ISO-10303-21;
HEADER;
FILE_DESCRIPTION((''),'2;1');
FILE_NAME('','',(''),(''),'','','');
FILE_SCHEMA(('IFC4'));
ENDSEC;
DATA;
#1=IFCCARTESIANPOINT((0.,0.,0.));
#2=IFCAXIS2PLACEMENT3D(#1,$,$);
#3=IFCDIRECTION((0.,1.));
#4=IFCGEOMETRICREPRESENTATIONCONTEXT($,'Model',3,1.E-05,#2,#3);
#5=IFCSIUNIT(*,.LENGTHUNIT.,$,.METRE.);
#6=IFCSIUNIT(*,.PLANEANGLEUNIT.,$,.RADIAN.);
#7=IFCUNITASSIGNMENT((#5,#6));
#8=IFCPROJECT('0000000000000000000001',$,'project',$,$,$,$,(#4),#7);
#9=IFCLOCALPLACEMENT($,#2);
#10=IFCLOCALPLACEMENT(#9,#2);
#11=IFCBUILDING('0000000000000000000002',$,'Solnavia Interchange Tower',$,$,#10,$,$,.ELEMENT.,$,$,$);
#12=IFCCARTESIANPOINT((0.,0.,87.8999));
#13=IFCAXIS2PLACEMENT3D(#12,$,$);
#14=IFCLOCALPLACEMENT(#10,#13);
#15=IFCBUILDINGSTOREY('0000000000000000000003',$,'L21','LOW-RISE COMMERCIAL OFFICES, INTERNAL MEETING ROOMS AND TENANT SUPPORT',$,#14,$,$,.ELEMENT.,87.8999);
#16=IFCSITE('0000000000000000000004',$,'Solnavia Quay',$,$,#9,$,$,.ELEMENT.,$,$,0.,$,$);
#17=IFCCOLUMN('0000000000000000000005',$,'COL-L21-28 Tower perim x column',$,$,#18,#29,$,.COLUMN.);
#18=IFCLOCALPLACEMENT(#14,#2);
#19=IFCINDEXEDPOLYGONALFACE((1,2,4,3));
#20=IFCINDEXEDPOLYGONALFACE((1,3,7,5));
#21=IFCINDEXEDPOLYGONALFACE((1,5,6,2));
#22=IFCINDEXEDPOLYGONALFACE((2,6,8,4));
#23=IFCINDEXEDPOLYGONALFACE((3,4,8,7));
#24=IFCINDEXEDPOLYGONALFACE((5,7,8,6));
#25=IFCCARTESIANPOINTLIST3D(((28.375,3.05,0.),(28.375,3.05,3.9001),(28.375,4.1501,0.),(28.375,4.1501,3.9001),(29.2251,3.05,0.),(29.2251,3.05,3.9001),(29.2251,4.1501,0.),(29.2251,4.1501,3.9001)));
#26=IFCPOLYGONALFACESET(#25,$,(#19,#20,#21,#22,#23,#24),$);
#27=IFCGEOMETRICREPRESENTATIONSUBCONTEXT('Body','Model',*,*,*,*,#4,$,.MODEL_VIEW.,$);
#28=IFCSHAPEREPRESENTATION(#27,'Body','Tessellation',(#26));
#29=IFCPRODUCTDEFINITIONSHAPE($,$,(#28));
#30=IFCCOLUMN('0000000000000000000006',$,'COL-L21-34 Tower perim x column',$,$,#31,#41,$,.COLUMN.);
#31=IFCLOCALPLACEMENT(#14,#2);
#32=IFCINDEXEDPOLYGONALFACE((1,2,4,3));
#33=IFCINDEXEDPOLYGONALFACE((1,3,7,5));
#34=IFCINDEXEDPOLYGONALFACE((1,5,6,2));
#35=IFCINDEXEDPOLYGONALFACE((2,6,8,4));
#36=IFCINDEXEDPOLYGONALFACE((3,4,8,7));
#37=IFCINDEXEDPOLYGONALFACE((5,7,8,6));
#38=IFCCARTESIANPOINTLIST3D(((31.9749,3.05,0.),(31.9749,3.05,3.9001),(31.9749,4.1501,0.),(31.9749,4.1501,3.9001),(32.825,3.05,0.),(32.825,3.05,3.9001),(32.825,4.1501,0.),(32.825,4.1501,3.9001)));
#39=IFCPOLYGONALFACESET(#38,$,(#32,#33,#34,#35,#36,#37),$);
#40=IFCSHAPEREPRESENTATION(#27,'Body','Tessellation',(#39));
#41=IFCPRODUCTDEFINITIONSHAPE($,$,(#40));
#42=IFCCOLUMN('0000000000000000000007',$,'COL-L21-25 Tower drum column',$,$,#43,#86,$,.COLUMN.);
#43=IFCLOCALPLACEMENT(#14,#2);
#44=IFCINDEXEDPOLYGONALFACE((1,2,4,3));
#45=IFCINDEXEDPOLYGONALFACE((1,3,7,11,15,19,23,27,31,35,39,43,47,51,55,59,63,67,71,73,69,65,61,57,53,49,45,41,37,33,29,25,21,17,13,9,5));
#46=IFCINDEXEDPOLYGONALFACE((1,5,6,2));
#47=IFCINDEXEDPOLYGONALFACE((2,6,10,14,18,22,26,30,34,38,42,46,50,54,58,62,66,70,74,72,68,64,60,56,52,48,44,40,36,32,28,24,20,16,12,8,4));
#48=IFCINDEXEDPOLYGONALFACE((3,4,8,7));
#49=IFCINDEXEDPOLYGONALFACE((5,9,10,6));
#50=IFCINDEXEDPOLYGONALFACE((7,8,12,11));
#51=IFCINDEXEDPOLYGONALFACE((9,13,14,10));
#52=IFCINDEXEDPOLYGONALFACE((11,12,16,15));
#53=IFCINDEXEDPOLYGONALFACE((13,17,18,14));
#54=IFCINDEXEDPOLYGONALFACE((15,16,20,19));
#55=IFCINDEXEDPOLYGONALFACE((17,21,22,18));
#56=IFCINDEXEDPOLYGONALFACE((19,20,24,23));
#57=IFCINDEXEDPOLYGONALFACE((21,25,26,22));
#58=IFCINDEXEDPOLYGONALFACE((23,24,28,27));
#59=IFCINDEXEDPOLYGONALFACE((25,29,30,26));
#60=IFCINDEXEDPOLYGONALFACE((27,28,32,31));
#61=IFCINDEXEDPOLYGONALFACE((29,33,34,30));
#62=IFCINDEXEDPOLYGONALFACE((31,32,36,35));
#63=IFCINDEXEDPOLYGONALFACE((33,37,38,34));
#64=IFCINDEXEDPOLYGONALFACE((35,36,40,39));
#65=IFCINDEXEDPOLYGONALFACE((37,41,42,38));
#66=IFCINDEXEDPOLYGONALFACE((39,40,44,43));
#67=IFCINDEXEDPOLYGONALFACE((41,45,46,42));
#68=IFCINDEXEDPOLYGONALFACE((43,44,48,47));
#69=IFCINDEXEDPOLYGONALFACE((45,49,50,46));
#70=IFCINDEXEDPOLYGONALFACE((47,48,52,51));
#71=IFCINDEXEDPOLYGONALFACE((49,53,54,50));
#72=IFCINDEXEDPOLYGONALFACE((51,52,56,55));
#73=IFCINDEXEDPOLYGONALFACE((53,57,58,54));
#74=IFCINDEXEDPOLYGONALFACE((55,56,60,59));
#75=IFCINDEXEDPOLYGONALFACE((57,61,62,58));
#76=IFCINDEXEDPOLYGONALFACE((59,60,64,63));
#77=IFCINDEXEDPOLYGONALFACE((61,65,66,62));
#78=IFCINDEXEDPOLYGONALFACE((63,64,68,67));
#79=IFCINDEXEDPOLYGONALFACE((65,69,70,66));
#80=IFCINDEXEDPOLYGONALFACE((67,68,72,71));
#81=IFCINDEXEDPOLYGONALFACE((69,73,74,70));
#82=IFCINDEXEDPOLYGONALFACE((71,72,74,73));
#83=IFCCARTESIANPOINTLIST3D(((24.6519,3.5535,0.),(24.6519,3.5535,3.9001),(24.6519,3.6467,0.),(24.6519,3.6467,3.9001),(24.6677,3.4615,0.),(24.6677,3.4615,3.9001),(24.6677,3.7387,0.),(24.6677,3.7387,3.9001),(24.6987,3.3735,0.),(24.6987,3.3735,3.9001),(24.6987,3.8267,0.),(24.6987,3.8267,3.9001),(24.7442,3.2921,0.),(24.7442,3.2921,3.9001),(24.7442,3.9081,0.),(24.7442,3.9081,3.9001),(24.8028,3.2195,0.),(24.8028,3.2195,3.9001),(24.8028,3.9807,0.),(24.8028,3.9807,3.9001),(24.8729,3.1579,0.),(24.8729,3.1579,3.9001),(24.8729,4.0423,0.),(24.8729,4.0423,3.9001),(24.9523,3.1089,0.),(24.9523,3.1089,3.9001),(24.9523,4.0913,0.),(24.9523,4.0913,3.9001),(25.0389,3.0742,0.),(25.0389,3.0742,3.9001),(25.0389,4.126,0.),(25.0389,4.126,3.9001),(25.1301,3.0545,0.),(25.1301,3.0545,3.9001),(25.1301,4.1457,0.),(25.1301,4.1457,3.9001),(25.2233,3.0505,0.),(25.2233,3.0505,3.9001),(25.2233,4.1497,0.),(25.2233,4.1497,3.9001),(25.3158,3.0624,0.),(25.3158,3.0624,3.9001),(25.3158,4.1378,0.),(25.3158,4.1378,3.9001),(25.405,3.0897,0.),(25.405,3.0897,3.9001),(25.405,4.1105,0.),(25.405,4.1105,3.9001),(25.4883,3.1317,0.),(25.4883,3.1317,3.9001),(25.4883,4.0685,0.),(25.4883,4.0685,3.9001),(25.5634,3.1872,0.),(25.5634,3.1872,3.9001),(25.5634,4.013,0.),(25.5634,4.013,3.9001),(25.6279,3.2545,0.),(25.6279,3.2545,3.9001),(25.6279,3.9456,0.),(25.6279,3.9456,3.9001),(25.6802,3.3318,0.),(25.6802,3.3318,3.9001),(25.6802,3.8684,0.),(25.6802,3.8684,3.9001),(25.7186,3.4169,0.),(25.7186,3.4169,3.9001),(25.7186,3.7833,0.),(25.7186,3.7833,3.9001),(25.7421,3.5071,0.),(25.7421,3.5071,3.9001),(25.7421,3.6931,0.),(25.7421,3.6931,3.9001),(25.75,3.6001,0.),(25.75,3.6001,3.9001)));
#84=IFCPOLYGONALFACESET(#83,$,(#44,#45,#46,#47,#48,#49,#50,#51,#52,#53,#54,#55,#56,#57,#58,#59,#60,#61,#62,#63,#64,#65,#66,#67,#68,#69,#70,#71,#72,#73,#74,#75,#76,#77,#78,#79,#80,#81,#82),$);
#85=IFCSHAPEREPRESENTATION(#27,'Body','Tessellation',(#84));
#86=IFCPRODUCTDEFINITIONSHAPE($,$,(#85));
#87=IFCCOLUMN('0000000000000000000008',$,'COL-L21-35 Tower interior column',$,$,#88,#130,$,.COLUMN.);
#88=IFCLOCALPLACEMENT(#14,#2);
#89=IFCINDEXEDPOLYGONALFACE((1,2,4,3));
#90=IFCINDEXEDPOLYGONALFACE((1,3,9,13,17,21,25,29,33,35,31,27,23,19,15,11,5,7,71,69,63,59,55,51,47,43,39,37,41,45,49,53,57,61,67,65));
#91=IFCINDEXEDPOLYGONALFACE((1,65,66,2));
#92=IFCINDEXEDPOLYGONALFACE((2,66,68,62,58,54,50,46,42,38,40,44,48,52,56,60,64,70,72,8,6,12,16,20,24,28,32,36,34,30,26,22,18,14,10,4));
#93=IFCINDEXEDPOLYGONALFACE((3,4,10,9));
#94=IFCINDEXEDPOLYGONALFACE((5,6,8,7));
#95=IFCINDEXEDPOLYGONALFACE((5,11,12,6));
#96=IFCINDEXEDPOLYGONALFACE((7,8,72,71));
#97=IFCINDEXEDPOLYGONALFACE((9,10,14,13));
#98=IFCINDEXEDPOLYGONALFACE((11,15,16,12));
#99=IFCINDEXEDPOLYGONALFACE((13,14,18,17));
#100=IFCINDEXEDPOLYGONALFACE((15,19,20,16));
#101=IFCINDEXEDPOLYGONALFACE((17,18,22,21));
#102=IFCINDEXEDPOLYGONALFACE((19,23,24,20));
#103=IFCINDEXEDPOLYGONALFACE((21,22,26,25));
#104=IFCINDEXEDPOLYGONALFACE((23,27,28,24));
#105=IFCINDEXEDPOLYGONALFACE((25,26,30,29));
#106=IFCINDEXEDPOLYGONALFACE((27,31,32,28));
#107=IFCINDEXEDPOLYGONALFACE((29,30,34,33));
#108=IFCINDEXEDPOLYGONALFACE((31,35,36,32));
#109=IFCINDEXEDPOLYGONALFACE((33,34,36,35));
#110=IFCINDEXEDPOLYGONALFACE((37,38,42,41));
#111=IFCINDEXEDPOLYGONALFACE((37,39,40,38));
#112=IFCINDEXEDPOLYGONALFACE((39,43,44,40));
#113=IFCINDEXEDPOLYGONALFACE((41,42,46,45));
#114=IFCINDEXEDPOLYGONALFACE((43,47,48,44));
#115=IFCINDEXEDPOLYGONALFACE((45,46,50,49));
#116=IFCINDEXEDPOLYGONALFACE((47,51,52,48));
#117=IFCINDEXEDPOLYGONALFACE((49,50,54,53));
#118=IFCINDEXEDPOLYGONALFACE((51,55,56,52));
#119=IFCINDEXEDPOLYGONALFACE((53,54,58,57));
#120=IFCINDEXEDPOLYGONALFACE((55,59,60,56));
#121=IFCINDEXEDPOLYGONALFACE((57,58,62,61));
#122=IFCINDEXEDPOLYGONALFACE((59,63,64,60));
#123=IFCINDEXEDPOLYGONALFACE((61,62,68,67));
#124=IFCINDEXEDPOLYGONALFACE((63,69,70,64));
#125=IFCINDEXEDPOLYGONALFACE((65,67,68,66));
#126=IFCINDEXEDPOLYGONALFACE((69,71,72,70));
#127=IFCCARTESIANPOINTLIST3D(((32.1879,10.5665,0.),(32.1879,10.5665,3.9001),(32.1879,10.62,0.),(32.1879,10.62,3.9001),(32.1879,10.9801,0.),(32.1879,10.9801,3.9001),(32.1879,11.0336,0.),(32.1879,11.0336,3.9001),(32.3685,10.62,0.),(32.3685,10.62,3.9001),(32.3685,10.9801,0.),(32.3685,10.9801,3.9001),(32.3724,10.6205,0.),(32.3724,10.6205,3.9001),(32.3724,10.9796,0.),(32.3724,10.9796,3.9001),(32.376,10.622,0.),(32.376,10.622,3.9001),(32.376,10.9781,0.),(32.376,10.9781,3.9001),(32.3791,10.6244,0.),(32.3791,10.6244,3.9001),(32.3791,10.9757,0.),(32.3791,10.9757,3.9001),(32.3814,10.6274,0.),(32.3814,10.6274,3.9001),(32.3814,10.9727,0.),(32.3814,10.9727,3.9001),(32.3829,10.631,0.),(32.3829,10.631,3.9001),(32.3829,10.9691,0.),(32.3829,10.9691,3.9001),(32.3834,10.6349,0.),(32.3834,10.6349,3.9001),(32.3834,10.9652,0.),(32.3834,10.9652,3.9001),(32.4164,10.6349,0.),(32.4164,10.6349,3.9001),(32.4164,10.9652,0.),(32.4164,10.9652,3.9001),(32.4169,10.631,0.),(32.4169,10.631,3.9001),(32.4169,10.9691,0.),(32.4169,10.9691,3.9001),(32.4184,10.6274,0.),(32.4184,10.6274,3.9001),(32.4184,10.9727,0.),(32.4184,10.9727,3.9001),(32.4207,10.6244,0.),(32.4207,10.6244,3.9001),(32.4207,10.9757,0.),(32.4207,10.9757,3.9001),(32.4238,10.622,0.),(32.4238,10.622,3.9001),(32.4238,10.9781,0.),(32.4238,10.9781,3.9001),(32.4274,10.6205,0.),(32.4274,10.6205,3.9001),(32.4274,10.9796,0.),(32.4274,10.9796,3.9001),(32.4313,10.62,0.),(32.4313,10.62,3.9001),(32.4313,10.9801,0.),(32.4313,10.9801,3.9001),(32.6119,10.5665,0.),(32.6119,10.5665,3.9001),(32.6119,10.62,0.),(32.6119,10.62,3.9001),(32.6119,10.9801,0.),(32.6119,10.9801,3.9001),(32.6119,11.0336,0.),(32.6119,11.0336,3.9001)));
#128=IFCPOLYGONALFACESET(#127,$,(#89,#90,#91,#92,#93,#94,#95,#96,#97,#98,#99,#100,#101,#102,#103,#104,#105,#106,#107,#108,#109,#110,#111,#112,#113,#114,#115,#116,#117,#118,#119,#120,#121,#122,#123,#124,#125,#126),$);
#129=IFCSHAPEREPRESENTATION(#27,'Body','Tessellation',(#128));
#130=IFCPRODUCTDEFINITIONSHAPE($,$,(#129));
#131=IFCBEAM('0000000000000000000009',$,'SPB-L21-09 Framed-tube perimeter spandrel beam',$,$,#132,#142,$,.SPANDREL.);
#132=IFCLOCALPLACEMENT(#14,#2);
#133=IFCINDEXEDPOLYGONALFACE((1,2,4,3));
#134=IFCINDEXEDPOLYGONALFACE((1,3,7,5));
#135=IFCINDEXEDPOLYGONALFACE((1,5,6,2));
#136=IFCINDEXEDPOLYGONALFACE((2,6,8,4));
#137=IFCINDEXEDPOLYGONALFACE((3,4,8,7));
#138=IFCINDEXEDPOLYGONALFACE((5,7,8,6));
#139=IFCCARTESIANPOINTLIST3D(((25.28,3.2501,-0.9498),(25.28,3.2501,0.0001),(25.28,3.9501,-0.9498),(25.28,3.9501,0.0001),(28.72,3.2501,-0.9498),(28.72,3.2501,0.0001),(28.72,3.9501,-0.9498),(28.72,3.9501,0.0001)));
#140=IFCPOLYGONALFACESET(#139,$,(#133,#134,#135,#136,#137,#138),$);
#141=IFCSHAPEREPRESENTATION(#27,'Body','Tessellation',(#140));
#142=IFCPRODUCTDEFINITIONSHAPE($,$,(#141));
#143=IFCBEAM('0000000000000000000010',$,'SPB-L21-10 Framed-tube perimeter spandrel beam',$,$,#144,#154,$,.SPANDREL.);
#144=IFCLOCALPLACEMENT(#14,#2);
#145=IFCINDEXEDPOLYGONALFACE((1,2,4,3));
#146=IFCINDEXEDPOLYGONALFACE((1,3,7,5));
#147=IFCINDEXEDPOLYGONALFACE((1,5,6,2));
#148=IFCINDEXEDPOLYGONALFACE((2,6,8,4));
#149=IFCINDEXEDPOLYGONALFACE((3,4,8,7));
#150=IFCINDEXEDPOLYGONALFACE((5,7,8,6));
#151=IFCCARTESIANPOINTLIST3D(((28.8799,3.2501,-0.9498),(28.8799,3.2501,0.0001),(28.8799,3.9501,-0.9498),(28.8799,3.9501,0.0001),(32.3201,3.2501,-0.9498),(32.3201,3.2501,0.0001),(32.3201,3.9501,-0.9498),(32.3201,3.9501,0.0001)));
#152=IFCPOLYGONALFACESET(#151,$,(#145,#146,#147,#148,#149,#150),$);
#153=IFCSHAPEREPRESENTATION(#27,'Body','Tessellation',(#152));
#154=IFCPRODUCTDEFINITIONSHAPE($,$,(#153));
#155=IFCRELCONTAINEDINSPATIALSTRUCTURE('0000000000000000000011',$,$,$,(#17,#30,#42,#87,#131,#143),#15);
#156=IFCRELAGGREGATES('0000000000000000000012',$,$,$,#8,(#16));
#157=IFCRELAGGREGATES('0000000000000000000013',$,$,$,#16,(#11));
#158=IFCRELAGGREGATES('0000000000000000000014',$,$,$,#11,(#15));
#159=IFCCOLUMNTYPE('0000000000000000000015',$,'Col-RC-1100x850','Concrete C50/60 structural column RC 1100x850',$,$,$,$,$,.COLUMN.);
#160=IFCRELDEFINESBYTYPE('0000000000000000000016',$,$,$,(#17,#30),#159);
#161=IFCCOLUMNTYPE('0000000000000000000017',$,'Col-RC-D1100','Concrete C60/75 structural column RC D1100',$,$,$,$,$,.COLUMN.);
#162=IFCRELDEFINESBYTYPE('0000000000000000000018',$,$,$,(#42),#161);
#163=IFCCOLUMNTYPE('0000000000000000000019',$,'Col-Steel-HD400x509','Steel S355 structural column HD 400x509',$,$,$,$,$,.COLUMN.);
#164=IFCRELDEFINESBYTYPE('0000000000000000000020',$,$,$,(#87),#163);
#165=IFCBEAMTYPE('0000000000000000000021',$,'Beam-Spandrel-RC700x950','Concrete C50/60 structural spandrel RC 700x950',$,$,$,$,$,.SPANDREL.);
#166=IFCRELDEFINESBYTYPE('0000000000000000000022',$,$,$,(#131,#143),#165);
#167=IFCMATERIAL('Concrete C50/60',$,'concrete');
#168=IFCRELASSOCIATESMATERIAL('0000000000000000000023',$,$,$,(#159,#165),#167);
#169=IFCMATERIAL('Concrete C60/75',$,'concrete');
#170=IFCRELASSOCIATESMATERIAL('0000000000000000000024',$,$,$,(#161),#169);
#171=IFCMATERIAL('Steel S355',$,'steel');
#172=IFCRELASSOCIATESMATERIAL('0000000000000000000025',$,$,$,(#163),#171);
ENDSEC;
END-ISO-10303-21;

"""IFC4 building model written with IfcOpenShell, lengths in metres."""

from ifc_helpers import new_model, si_unit, direction, frame, origin, origin_2d, place, context, subcontext, project, spatial, rectangle, circle, i_section, extrude, material, material_profile, profile_set, type_object, element, save


model = new_model("IFC4")

# Units and contexts
model_context = context("Model", 3, precision=1e-05, world=origin(), true_north=direction((0.0, 1.0)))
body_context = subcontext(model_context, "Body", "Model", "MODEL_VIEW")
ifc_project = project(units=[si_unit("LENGTHUNIT", "METRE"), si_unit("PLANEANGLEUNIT", "RADIAN")], contexts=[model_context])

# Site, building, storey
site_placement = place(None, origin())
site = spatial("IfcSite", under=ifc_project, at=site_placement, Name="Solnavia Quay", CompositionType="ELEMENT", RefElevation=0.0)
building_placement = place(site_placement, origin())
building = spatial("IfcBuilding", under=site, at=building_placement, Name="Solnavia Interchange Tower", CompositionType="ELEMENT")
storey_placement = place(building_placement, frame((0.0, 0.0, 87.8999)))
storey = spatial("IfcBuildingStorey", under=building, at=storey_placement, Name="L21", Description="LOW-RISE COMMERCIAL OFFICES, INTERNAL MEETING ROOMS AND TENANT SUPPORT", CompositionType="ELEMENT", Elevation=87.8999)

# Columns
ifc_material_1 = material(Name="Concrete C50/60", Category="concrete")
ifc_material_profile_1 = material_profile(ifc_material_1, rectangle(XDim=0.8501, YDim=1.1001, at=origin_2d()), Name="RC 1100x850")
ifc_profile_set_1 = profile_set([ifc_material_profile_1], Name="Concrete C50/60")
column_type_1 = type_object("IfcColumnType", Name="Col-RC-1100x850", Description="Concrete C50/60 structural column RC 1100x850", PredefinedType="COLUMN", material=ifc_profile_set_1)
for number, where, z_axis, x_axis, name in (
    (1, (28.8, 3.6001, 0.0), (0.0, 0.0, 1.0), (1.0, 0.0, 0.0), "COL-L21-28 Tower perim x column"),
    (2, (32.3999, 3.6001, 0.0), (0.0, 0.0, 1.0), (1.0, 0.0, 0.0), "COL-L21-34 Tower perim x column"),
):
    element("IfcColumn", number, at=place(storey_placement, frame(where, z_axis=z_axis, x_axis=x_axis)), inside=storey, type_object=column_type_1, Name=name, PredefinedType="COLUMN", context=body_context, shape_type="SweptSolid", body=[
        extrude(rectangle(XDim=0.8501, YDim=1.1001, at=origin_2d()), origin(), (0.0, 0.0, 1.0), 3.9001),
    ])
ifc_material_2 = material(Name="Concrete C60/75", Category="concrete")
ifc_material_profile_2 = material_profile(ifc_material_2, circle(Radius=0.55, at=origin_2d()), Name="RC D1100")
ifc_profile_set_2 = profile_set([ifc_material_profile_2], Name="Concrete C60/75")
column_type_2 = type_object("IfcColumnType", Name="Col-RC-D1100", Description="Concrete C60/75 structural column RC D1100", PredefinedType="COLUMN", material=ifc_profile_set_2)
column_1_placement = place(storey_placement, frame((25.2, 3.6001, 0.0), z_axis=(0.0, 0.0, 1.0), x_axis=(1.0, 0.0, 0.0)))
element("IfcColumn", 3, at=column_1_placement, inside=storey, type_object=column_type_2, Name="COL-L21-25 Tower drum column", PredefinedType="COLUMN", context=body_context, shape_type="SweptSolid", body=[
    extrude(circle(Radius=0.55, at=origin_2d()), origin(), (0.0, 0.0, 1.0), 3.9001),
])
ifc_material_3 = material(Name="Steel S355", Category="steel")
ifc_material_profile_3 = material_profile(ifc_material_3, i_section(OverallWidth=0.4241, OverallDepth=0.467, WebThickness=0.033, FlangeThickness=0.0535, FilletRadius=0.0149, at=origin_2d()), Name="HD 400x509")
ifc_profile_set_3 = profile_set([ifc_material_profile_3], Name="Steel S355")
column_type_3 = type_object("IfcColumnType", Name="Col-Steel-HD400x509", Description="Steel S355 structural column HD 400x509", PredefinedType="COLUMN", material=ifc_profile_set_3)
column_2_placement = place(storey_placement, frame((32.3999, 10.8, 0.0), z_axis=(0.0, 0.0, 1.0), x_axis=(1.0, 0.0, 0.0)))
element("IfcColumn", 4, at=column_2_placement, inside=storey, type_object=column_type_3, Name="COL-L21-35 Tower interior column", PredefinedType="COLUMN", context=body_context, shape_type="SweptSolid", body=[
    extrude(i_section(OverallWidth=0.4241, OverallDepth=0.467, WebThickness=0.033, FlangeThickness=0.0535, FilletRadius=0.0149, at=origin_2d()), origin(), (0.0, 0.0, 1.0), 3.9001),
])

# Beams
ifc_material_profile_4 = material_profile(ifc_material_1, rectangle(XDim=0.7, YDim=0.95, at=origin_2d()), Name="RC 700x950")
ifc_profile_set_4 = profile_set([ifc_material_profile_4], Name="Concrete C50/60")
beam_type = type_object("IfcBeamType", Name="Beam-Spandrel-RC700x950", Description="Concrete C50/60 structural spandrel RC 700x950", PredefinedType="SPANDREL", material=ifc_profile_set_4)
beam_1_placement = place(storey_placement, frame((25.28, 3.6001, -0.4749), z_axis=(1.0, 0.0, 0.0), x_axis=(0.0, 1.0, 0.0)))
element("IfcBeam", 5, at=beam_1_placement, inside=storey, type_object=beam_type, Name="SPB-L21-09 Framed-tube perimeter spandrel beam", PredefinedType="SPANDREL", context=body_context, shape_type="SweptSolid", body=[
    extrude(rectangle(XDim=0.7, YDim=0.95, at=origin_2d()), origin(), (0.0, 0.0, 1.0), 3.4399),
])
beam_2_placement = place(storey_placement, frame((28.8799, 3.6001, -0.4749), z_axis=(1.0, 0.0, 0.0), x_axis=(0.0, 1.0, 0.0)))
element("IfcBeam", 6, at=beam_2_placement, inside=storey, type_object=beam_type, Name="SPB-L21-10 Framed-tube perimeter spandrel beam", PredefinedType="SPANDREL", context=body_context, shape_type="SweptSolid", body=[
    extrude(rectangle(XDim=0.7, YDim=0.95, at=origin_2d()), origin(), (0.0, 0.0, 1.0), 3.4402),
])

save(model, "model.ifc")
